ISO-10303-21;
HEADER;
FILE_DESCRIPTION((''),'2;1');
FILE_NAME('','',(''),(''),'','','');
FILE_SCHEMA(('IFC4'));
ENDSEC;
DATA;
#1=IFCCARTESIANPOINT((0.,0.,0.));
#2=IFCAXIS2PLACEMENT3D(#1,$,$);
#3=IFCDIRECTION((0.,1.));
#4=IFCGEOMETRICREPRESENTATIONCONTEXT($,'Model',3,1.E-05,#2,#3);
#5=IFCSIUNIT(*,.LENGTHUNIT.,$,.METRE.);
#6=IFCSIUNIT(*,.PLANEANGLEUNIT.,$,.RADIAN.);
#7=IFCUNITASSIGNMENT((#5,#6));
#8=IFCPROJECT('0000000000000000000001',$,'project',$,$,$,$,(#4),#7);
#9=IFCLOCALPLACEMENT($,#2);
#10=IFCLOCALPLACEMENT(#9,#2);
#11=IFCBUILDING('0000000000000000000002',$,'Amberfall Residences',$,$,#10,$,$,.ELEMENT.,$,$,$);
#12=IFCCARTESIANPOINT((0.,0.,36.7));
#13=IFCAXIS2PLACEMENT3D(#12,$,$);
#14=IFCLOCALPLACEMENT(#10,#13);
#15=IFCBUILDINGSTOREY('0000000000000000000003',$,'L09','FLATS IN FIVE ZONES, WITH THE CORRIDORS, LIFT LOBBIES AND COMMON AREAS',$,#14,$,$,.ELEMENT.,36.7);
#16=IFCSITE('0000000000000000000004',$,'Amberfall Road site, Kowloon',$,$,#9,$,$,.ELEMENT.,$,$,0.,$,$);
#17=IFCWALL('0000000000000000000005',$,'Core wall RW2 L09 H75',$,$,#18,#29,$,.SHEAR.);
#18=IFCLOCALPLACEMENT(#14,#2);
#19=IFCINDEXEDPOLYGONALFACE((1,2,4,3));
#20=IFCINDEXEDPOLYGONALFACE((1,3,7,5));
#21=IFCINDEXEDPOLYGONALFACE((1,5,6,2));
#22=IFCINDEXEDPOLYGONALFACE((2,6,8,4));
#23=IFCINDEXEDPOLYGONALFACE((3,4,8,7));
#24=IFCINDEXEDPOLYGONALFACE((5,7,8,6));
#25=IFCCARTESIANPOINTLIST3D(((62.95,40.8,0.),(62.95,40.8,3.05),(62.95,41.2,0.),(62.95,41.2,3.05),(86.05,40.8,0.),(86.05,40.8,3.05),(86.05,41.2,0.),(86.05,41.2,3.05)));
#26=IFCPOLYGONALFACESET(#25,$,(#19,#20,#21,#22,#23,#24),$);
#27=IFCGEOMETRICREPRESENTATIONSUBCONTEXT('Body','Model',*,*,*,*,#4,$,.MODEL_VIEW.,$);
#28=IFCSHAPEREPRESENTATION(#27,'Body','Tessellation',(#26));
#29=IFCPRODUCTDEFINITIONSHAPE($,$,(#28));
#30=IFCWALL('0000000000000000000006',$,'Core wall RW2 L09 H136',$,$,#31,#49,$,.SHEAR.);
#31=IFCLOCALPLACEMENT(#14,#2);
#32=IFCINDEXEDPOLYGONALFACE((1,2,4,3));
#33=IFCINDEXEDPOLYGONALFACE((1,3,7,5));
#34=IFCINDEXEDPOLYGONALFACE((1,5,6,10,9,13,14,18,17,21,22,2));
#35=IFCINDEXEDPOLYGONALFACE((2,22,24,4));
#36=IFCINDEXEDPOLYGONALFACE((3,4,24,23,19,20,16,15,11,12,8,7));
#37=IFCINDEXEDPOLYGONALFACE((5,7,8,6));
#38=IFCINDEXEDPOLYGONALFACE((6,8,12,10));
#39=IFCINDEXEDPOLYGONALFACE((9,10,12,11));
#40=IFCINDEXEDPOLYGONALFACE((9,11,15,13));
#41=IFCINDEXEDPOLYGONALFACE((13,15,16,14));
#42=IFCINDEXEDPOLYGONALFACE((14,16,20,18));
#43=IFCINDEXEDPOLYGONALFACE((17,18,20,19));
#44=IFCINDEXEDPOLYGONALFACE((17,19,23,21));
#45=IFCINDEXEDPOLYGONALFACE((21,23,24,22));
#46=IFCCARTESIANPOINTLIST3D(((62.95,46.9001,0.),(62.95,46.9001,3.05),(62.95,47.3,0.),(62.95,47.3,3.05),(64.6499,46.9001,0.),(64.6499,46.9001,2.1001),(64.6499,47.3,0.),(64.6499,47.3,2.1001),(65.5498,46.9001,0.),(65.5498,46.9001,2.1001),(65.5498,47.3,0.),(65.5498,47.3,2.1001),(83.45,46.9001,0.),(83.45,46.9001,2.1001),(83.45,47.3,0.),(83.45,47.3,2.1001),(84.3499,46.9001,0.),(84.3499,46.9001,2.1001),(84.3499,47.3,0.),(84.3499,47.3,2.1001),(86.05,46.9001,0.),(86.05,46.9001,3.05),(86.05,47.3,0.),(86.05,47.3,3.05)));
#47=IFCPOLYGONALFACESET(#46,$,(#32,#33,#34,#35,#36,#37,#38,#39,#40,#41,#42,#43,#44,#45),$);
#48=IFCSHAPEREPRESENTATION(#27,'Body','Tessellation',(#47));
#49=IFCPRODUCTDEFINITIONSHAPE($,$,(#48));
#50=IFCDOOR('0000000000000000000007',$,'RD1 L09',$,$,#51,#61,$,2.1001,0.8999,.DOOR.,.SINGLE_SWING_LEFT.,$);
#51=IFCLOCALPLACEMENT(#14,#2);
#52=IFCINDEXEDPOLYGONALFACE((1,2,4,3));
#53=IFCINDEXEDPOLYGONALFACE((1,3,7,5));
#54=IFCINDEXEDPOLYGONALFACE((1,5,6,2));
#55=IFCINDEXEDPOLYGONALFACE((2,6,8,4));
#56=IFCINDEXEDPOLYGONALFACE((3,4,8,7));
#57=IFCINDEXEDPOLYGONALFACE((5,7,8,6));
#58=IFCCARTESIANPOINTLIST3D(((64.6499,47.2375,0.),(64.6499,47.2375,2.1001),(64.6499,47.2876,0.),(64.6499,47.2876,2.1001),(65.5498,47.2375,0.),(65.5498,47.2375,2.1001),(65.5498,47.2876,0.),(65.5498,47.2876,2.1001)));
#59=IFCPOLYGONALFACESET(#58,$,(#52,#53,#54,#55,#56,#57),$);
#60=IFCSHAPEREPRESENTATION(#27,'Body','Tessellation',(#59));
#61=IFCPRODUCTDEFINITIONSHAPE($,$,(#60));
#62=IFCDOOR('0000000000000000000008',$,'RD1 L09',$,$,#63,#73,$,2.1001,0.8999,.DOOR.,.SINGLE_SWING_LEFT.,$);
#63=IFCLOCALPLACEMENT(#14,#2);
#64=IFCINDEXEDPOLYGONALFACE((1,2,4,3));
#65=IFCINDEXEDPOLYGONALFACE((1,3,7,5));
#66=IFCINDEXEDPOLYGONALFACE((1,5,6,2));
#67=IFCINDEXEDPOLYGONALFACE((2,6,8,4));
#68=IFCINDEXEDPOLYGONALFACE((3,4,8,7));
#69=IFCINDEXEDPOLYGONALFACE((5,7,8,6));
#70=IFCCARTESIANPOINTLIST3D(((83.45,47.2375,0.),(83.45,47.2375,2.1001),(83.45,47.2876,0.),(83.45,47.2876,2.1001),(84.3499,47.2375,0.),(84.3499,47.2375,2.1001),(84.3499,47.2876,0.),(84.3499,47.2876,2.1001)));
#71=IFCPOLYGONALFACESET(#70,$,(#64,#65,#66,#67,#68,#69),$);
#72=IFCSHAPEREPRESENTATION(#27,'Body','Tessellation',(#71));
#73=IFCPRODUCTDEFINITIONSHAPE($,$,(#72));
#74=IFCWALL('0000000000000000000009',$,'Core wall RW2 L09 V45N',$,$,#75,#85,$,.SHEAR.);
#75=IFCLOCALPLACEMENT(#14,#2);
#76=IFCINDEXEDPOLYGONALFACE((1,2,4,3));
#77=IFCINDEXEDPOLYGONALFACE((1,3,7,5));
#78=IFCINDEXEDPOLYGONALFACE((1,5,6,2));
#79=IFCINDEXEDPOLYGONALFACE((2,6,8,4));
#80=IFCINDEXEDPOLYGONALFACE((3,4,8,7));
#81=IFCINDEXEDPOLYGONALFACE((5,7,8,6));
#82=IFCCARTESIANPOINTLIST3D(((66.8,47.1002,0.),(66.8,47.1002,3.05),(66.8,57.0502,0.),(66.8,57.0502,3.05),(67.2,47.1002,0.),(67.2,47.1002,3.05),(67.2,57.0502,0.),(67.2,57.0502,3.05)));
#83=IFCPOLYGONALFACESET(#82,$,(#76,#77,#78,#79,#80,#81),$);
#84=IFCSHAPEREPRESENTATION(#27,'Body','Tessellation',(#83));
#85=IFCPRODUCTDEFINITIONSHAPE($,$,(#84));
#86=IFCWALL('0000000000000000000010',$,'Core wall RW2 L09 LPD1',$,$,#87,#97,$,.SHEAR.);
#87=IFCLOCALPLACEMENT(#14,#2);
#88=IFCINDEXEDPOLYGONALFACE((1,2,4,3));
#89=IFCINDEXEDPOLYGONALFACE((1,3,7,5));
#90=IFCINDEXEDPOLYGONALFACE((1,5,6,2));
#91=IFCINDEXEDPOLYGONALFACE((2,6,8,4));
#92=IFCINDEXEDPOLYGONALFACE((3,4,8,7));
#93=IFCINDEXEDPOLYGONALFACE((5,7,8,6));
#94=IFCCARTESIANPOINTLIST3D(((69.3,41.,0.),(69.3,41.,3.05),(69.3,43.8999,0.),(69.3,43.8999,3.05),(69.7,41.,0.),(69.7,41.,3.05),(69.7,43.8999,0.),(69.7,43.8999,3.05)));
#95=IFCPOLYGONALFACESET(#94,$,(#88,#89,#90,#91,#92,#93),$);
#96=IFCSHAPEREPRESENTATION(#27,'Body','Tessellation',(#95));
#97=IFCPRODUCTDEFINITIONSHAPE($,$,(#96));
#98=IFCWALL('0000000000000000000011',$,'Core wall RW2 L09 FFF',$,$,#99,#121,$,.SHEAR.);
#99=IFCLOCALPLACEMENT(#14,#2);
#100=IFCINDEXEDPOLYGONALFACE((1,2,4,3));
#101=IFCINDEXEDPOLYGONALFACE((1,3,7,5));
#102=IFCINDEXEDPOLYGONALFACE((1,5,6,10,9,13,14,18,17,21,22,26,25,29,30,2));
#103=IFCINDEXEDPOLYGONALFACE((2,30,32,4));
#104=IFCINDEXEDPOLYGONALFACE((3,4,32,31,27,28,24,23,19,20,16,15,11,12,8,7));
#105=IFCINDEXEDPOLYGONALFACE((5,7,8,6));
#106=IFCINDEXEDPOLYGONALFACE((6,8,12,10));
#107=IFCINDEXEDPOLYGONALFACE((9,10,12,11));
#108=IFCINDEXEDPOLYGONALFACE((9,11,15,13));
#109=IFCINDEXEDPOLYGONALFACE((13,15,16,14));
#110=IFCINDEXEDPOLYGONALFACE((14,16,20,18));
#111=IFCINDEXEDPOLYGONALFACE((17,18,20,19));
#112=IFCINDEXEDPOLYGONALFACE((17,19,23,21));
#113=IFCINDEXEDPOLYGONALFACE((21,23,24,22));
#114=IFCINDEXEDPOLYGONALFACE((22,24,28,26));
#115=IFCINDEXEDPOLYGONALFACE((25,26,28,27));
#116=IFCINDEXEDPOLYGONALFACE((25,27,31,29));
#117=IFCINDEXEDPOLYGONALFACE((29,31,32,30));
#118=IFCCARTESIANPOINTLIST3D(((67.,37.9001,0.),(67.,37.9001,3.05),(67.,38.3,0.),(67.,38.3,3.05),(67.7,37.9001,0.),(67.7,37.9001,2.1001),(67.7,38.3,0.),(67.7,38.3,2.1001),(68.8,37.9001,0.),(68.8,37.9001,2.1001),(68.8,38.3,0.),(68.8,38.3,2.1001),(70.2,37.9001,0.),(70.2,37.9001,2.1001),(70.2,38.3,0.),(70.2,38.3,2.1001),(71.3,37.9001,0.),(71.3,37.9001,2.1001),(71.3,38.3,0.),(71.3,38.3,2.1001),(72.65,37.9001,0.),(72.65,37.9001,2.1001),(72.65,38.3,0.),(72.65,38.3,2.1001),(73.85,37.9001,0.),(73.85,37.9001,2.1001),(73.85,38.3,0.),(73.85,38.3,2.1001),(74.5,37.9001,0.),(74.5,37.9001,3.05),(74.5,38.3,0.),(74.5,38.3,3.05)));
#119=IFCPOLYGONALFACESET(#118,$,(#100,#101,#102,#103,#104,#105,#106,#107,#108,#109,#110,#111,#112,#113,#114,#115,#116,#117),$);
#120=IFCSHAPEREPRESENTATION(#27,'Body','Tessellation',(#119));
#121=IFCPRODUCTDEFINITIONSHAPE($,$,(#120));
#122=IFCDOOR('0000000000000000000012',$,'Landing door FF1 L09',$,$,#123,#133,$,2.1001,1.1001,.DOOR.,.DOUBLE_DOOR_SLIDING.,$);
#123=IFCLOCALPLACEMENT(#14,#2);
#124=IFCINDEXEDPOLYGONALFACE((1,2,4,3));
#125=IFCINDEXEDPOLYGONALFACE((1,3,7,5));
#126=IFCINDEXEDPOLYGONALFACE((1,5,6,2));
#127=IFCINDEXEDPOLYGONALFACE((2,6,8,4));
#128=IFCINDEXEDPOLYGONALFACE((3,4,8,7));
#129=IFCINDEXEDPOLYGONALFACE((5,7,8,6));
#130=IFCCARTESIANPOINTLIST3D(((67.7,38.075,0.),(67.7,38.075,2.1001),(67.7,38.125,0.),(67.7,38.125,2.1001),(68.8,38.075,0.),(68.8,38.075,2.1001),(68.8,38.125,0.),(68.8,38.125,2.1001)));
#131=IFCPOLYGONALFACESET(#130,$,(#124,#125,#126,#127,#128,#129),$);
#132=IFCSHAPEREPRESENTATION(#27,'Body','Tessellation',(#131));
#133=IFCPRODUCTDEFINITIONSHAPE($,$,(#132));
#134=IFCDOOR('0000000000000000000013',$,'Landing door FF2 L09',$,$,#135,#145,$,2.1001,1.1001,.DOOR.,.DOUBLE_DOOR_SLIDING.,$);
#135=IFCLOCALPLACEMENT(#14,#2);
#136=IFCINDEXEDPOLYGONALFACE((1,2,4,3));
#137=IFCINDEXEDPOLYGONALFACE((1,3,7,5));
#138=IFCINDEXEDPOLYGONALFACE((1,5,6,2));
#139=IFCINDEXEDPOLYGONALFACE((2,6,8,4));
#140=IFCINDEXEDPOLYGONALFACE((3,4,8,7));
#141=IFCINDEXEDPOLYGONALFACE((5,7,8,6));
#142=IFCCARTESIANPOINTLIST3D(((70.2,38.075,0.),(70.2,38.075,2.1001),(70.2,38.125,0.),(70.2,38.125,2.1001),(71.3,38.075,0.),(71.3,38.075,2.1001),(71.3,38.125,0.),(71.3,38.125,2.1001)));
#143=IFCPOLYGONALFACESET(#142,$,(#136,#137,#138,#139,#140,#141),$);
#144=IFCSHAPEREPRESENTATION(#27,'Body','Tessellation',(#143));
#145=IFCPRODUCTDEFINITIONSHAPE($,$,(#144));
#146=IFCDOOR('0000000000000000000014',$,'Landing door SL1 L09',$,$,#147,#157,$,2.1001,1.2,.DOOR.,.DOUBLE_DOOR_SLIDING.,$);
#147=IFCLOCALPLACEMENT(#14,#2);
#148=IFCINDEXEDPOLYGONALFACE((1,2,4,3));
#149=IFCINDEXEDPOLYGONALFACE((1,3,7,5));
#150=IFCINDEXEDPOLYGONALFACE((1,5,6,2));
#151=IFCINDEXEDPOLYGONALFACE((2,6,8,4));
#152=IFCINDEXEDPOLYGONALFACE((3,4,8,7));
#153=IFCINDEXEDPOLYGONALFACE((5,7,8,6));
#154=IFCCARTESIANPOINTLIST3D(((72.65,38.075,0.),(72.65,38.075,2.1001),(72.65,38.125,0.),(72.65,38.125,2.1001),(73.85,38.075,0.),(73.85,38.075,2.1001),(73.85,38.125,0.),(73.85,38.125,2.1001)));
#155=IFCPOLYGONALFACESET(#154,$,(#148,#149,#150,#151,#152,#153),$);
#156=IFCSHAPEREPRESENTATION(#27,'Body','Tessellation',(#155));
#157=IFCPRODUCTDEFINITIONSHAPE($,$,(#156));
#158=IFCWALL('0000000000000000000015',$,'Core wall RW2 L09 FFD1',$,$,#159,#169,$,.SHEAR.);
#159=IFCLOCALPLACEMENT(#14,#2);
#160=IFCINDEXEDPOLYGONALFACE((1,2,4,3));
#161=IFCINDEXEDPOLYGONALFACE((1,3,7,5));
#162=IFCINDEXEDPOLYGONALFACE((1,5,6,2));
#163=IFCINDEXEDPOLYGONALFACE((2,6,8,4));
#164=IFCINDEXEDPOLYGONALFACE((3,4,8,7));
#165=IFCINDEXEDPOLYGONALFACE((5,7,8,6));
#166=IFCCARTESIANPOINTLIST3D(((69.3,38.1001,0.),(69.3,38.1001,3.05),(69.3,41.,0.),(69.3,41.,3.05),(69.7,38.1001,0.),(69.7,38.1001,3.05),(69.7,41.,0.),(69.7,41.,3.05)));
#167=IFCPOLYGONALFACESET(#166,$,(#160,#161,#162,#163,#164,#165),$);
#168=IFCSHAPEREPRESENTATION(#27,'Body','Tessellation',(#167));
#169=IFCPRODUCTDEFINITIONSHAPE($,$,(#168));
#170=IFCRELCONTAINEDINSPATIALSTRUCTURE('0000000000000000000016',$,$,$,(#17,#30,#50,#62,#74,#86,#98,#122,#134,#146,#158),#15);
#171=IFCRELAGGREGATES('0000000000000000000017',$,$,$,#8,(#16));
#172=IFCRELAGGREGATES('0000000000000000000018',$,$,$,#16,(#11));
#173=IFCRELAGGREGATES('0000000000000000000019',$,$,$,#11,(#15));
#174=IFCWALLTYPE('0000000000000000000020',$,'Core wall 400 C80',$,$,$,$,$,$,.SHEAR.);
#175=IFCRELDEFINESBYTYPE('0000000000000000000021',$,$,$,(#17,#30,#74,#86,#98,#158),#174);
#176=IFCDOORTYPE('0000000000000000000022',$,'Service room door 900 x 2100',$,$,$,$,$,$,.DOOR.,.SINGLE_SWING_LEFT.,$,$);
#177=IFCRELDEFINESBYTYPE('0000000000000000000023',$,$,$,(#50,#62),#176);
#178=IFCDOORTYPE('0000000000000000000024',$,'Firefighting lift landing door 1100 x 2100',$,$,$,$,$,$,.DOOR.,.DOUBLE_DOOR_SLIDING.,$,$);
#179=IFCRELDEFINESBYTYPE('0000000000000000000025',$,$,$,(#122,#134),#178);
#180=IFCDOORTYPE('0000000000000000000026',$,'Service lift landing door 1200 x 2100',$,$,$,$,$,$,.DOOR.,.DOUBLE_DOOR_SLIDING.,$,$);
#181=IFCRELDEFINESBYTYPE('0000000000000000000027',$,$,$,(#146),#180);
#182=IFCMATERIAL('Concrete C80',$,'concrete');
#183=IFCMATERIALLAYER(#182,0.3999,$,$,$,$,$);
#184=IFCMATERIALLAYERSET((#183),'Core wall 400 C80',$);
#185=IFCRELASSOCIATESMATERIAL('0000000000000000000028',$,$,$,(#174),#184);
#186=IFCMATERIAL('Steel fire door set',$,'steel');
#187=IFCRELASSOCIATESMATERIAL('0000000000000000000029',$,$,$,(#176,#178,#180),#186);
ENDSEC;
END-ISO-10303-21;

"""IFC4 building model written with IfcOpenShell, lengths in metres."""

from ifc_helpers import new_model, si_unit, direction, frame, frame_2d, origin, place, context, subcontext, project, spatial, rectangle, extrude, material, layer, layer_set, type_object, element, fill, save


model = new_model("IFC4")

# Units and contexts
model_context = context("Model", 3, precision=1e-05, world=origin(), true_north=direction((0.0, 1.0)))
body_context = subcontext(model_context, "Body", "Model", "MODEL_VIEW")
ifc_project = project(units=[si_unit("LENGTHUNIT", "METRE"), si_unit("PLANEANGLEUNIT", "RADIAN")], contexts=[model_context])

# Site, building, storey
site_placement = place(None, origin())
site = spatial("IfcSite", under=ifc_project, at=site_placement, Name="Amberfall Road site, Kowloon", CompositionType="ELEMENT", RefElevation=0.0)
building_placement = place(site_placement, origin())
building = spatial("IfcBuilding", under=site, at=building_placement, Name="Amberfall Residences", CompositionType="ELEMENT")
storey_placement = place(building_placement, frame((0.0, 0.0, 36.7)))
storey = spatial("IfcBuildingStorey", under=building, at=storey_placement, Name="L09", Description="FLATS IN FIVE ZONES, WITH THE CORRIDORS, LIFT LOBBIES AND COMMON AREAS", CompositionType="ELEMENT", Elevation=36.7)

# Wall
ifc_material_1 = material(Name="Concrete C80", Category="concrete")
ifc_layer_1 = layer(ifc_material_1, 0.3999)
ifc_layer_set_1 = layer_set([ifc_layer_1], Name="Core wall 400 C80")
wall_type_1 = type_object("IfcWallType", Name="Core wall 400 C80", PredefinedType="SHEAR", material=ifc_layer_set_1)
wall_1_placement = place(storey_placement, frame((62.95, 41.0, 0.0), z_axis=(0.0, 0.0, 1.0), x_axis=(1.0, 0.0, 0.0)))
element("IfcWall", 1, at=wall_1_placement, inside=storey, type_object=wall_type_1, Name="Core wall RW2 L09 H75", PredefinedType="SHEAR", context=body_context, shape_type="SweptSolid", body=[
    extrude(rectangle(XDim=23.1001, YDim=0.3999, at=frame_2d((11.55, 0.0))), origin(), (0.0, 0.0, 1.0), 3.05),
])

# Wall, openings, doors
ifc_material_2 = material(Name="Steel fire door set", Category="steel")
door_type_1 = type_object("IfcDoorType", Name="Service room door 900 x 2100", OperationType="SINGLE_SWING_LEFT", PredefinedType="DOOR", material=ifc_material_2)
wall_2_placement = place(storey_placement, frame((62.95, 47.1001, 0.0), z_axis=(0.0, 0.0, 1.0), x_axis=(1.0, 0.0, 0.0)))
wall_2 = element("IfcWall", 2, at=wall_2_placement, inside=storey, type_object=wall_type_1, Name="Core wall RW2 L09 H136", PredefinedType="SHEAR", context=body_context, shape_type="SweptSolid", body=[
    extrude(rectangle(XDim=23.1001, YDim=0.3999, at=frame_2d((11.55, 0.0))), origin(), (0.0, 0.0, 1.0), 3.05),
])
opening_1_placement = place(wall_2_placement, frame((1.7, 0.0, 0.0)))
opening_1 = element("IfcOpeningElement", 3, at=opening_1_placement, cuts=wall_2, PredefinedType="OPENING", context=body_context, shape_type="SweptSolid", body=[
    extrude(rectangle(XDim=0.8999, YDim=2.1001, at=frame_2d((0.45, 1.05))), frame((0.0, 0.21, 0.0), z_axis=(0.0, -1.0, 0.0), x_axis=(1.0, 0.0, 0.0)), (0.0, 0.0, 1.0), 0.4199),
])
opening_2_placement = place(wall_2_placement, frame((20.5, 0.0, 0.0)))
opening_2 = element("IfcOpeningElement", 4, at=opening_2_placement, cuts=wall_2, PredefinedType="OPENING", context=body_context, shape_type="SweptSolid", body=[
    extrude(rectangle(XDim=0.8999, YDim=2.1001, at=frame_2d((0.45, 1.05))), frame((0.0, 0.21, 0.0), z_axis=(0.0, -1.0, 0.0), x_axis=(1.0, 0.0, 0.0)), (0.0, 0.0, 1.0), 0.4199),
])
door_1_placement = place(opening_1_placement, origin())
door_1 = element("IfcDoor", 5, at=door_1_placement, inside=storey, type_object=door_type_1, Name="RD1 L09", OperationType="SINGLE_SWING_LEFT", OverallHeight=2.1001, OverallWidth=0.8999, PredefinedType="DOOR", context=body_context, shape_type="SweptSolid", body=[
    extrude(rectangle(XDim=0.8999, YDim=2.1001, at=frame_2d((0.45, 1.05))), frame((0.0, 0.1875, 0.0), z_axis=(0.0, -1.0, 0.0), x_axis=(1.0, 0.0, 0.0)), (0.0, 0.0, 1.0), 0.05),
])
fill(opening_1, door_1)
door_2_placement = place(opening_2_placement, origin())
door_2 = element("IfcDoor", 6, at=door_2_placement, inside=storey, type_object=door_type_1, Name="RD1 L09", OperationType="SINGLE_SWING_LEFT", OverallHeight=2.1001, OverallWidth=0.8999, PredefinedType="DOOR", context=body_context, shape_type="SweptSolid", body=[
    extrude(rectangle(XDim=0.8999, YDim=2.1001, at=frame_2d((0.45, 1.05))), frame((0.0, 0.1875, 0.0), z_axis=(0.0, -1.0, 0.0), x_axis=(1.0, 0.0, 0.0)), (0.0, 0.0, 1.0), 0.05),
])
fill(opening_2, door_2)

# Walls
wall_3_placement = place(storey_placement, frame((67.0, 47.1001, 0.0), z_axis=(0.0, 0.0, 1.0), x_axis=(0.0, 1.0, 0.0)))
element("IfcWall", 7, at=wall_3_placement, inside=storey, type_object=wall_type_1, Name="Core wall RW2 L09 V45N", PredefinedType="SHEAR", context=body_context, shape_type="SweptSolid", body=[
    extrude(rectangle(XDim=9.95, YDim=0.3999, at=frame_2d((4.9751, 0.0))), origin(), (0.0, 0.0, 1.0), 3.05),
])
wall_4_placement = place(storey_placement, frame((69.5, 41.0, 0.0), z_axis=(0.0, 0.0, 1.0), x_axis=(0.0, 1.0, 0.0)))
element("IfcWall", 8, at=wall_4_placement, inside=storey, type_object=wall_type_1, Name="Core wall RW2 L09 LPD1", PredefinedType="SHEAR", context=body_context, shape_type="SweptSolid", body=[
    extrude(rectangle(XDim=2.8999, YDim=0.3999, at=frame_2d((1.45, 0.0))), origin(), (0.0, 0.0, 1.0), 3.05),
])

# Wall, openings, doors
wall_5_placement = place(storey_placement, frame((67.0, 38.1001, 0.0), z_axis=(0.0, 0.0, 1.0), x_axis=(1.0, 0.0, 0.0)))
wall_5 = element("IfcWall", 9, at=wall_5_placement, inside=storey, type_object=wall_type_1, Name="Core wall RW2 L09 FFF", PredefinedType="SHEAR", context=body_context, shape_type="SweptSolid", body=[
    extrude(rectangle(XDim=7.5, YDim=0.3999, at=frame_2d((3.75, 0.0))), origin(), (0.0, 0.0, 1.0), 3.05),
])
opening_3_placement = place(wall_5_placement, frame((0.7, 0.0, 0.0)))
opening_3 = element("IfcOpeningElement", 10, at=opening_3_placement, cuts=wall_5, PredefinedType="OPENING", context=body_context, shape_type="SweptSolid", body=[
    extrude(rectangle(XDim=1.1001, YDim=2.1001, at=frame_2d((0.55, 1.05))), frame((0.0, 0.21, 0.0), z_axis=(0.0, -1.0, 0.0), x_axis=(1.0, 0.0, 0.0)), (0.0, 0.0, 1.0), 0.4199),
])
opening_4_placement = place(wall_5_placement, frame((3.2, 0.0, 0.0)))
opening_4 = element("IfcOpeningElement", 11, at=opening_4_placement, cuts=wall_5, PredefinedType="OPENING", context=body_context, shape_type="SweptSolid", body=[
    extrude(rectangle(XDim=1.1001, YDim=2.1001, at=frame_2d((0.55, 1.05))), frame((0.0, 0.21, 0.0), z_axis=(0.0, -1.0, 0.0), x_axis=(1.0, 0.0, 0.0)), (0.0, 0.0, 1.0), 0.4199),
])
opening_5_placement = place(wall_5_placement, frame((5.6499, 0.0, 0.0)))
opening_5 = element("IfcOpeningElement", 12, at=opening_5_placement, cuts=wall_5, PredefinedType="OPENING", context=body_context, shape_type="SweptSolid", body=[
    extrude(rectangle(XDim=1.2, YDim=2.1001, at=frame_2d((0.6001, 1.05))), frame((0.0, 0.21, 0.0), z_axis=(0.0, -1.0, 0.0), x_axis=(1.0, 0.0, 0.0)), (0.0, 0.0, 1.0), 0.4199),
])
door_type_2 = type_object("IfcDoorType", Name="Firefighting lift landing door 1100 x 2100", OperationType="DOUBLE_DOOR_SLIDING", PredefinedType="DOOR", material=ifc_material_2)
door_3_placement = place(opening_3_placement, origin())
door_3 = element("IfcDoor", 13, at=door_3_placement, inside=storey, type_object=door_type_2, Name="Landing door FF1 L09", OperationType="DOUBLE_DOOR_SLIDING", OverallHeight=2.1001, OverallWidth=1.1001, PredefinedType="DOOR", context=body_context, shape_type="SweptSolid", body=[
    extrude(rectangle(XDim=1.1001, YDim=2.1001, at=frame_2d((0.55, 1.05))), frame((0.0, 0.0249, 0.0), z_axis=(0.0, -1.0, 0.0), x_axis=(1.0, 0.0, 0.0)), (0.0, 0.0, 1.0), 0.05),
])
fill(opening_3, door_3)
door_4_placement = place(opening_4_placement, origin())
door_4 = element("IfcDoor", 14, at=door_4_placement, inside=storey, type_object=door_type_2, Name="Landing door FF2 L09", OperationType="DOUBLE_DOOR_SLIDING", OverallHeight=2.1001, OverallWidth=1.1001, PredefinedType="DOOR", context=body_context, shape_type="SweptSolid", body=[
    extrude(rectangle(XDim=1.1001, YDim=2.1001, at=frame_2d((0.55, 1.05))), frame((0.0, 0.0249, 0.0), z_axis=(0.0, -1.0, 0.0), x_axis=(1.0, 0.0, 0.0)), (0.0, 0.0, 1.0), 0.05),
])
fill(opening_4, door_4)
door_type_3 = type_object("IfcDoorType", Name="Service lift landing door 1200 x 2100", OperationType="DOUBLE_DOOR_SLIDING", PredefinedType="DOOR", material=ifc_material_2)
door_5_placement = place(opening_5_placement, origin())
door_5 = element("IfcDoor", 15, at=door_5_placement, inside=storey, type_object=door_type_3, Name="Landing door SL1 L09", OperationType="DOUBLE_DOOR_SLIDING", OverallHeight=2.1001, OverallWidth=1.2, PredefinedType="DOOR", context=body_context, shape_type="SweptSolid", body=[
    extrude(rectangle(XDim=1.2, YDim=2.1001, at=frame_2d((0.6001, 1.05))), frame((0.0, 0.0249, 0.0), z_axis=(0.0, -1.0, 0.0), x_axis=(1.0, 0.0, 0.0)), (0.0, 0.0, 1.0), 0.05),
])
fill(opening_5, door_5)

# Wall
wall_6_placement = place(storey_placement, frame((69.5, 38.1001, 0.0), z_axis=(0.0, 0.0, 1.0), x_axis=(0.0, 1.0, 0.0)))
element("IfcWall", 16, at=wall_6_placement, inside=storey, type_object=wall_type_1, Name="Core wall RW2 L09 FFD1", PredefinedType="SHEAR", context=body_context, shape_type="SweptSolid", body=[
    extrude(rectangle(XDim=2.8999, YDim=0.3999, at=frame_2d((1.45, 0.0))), origin(), (0.0, 0.0, 1.0), 3.05),
])

save(model, "model.ifc")
